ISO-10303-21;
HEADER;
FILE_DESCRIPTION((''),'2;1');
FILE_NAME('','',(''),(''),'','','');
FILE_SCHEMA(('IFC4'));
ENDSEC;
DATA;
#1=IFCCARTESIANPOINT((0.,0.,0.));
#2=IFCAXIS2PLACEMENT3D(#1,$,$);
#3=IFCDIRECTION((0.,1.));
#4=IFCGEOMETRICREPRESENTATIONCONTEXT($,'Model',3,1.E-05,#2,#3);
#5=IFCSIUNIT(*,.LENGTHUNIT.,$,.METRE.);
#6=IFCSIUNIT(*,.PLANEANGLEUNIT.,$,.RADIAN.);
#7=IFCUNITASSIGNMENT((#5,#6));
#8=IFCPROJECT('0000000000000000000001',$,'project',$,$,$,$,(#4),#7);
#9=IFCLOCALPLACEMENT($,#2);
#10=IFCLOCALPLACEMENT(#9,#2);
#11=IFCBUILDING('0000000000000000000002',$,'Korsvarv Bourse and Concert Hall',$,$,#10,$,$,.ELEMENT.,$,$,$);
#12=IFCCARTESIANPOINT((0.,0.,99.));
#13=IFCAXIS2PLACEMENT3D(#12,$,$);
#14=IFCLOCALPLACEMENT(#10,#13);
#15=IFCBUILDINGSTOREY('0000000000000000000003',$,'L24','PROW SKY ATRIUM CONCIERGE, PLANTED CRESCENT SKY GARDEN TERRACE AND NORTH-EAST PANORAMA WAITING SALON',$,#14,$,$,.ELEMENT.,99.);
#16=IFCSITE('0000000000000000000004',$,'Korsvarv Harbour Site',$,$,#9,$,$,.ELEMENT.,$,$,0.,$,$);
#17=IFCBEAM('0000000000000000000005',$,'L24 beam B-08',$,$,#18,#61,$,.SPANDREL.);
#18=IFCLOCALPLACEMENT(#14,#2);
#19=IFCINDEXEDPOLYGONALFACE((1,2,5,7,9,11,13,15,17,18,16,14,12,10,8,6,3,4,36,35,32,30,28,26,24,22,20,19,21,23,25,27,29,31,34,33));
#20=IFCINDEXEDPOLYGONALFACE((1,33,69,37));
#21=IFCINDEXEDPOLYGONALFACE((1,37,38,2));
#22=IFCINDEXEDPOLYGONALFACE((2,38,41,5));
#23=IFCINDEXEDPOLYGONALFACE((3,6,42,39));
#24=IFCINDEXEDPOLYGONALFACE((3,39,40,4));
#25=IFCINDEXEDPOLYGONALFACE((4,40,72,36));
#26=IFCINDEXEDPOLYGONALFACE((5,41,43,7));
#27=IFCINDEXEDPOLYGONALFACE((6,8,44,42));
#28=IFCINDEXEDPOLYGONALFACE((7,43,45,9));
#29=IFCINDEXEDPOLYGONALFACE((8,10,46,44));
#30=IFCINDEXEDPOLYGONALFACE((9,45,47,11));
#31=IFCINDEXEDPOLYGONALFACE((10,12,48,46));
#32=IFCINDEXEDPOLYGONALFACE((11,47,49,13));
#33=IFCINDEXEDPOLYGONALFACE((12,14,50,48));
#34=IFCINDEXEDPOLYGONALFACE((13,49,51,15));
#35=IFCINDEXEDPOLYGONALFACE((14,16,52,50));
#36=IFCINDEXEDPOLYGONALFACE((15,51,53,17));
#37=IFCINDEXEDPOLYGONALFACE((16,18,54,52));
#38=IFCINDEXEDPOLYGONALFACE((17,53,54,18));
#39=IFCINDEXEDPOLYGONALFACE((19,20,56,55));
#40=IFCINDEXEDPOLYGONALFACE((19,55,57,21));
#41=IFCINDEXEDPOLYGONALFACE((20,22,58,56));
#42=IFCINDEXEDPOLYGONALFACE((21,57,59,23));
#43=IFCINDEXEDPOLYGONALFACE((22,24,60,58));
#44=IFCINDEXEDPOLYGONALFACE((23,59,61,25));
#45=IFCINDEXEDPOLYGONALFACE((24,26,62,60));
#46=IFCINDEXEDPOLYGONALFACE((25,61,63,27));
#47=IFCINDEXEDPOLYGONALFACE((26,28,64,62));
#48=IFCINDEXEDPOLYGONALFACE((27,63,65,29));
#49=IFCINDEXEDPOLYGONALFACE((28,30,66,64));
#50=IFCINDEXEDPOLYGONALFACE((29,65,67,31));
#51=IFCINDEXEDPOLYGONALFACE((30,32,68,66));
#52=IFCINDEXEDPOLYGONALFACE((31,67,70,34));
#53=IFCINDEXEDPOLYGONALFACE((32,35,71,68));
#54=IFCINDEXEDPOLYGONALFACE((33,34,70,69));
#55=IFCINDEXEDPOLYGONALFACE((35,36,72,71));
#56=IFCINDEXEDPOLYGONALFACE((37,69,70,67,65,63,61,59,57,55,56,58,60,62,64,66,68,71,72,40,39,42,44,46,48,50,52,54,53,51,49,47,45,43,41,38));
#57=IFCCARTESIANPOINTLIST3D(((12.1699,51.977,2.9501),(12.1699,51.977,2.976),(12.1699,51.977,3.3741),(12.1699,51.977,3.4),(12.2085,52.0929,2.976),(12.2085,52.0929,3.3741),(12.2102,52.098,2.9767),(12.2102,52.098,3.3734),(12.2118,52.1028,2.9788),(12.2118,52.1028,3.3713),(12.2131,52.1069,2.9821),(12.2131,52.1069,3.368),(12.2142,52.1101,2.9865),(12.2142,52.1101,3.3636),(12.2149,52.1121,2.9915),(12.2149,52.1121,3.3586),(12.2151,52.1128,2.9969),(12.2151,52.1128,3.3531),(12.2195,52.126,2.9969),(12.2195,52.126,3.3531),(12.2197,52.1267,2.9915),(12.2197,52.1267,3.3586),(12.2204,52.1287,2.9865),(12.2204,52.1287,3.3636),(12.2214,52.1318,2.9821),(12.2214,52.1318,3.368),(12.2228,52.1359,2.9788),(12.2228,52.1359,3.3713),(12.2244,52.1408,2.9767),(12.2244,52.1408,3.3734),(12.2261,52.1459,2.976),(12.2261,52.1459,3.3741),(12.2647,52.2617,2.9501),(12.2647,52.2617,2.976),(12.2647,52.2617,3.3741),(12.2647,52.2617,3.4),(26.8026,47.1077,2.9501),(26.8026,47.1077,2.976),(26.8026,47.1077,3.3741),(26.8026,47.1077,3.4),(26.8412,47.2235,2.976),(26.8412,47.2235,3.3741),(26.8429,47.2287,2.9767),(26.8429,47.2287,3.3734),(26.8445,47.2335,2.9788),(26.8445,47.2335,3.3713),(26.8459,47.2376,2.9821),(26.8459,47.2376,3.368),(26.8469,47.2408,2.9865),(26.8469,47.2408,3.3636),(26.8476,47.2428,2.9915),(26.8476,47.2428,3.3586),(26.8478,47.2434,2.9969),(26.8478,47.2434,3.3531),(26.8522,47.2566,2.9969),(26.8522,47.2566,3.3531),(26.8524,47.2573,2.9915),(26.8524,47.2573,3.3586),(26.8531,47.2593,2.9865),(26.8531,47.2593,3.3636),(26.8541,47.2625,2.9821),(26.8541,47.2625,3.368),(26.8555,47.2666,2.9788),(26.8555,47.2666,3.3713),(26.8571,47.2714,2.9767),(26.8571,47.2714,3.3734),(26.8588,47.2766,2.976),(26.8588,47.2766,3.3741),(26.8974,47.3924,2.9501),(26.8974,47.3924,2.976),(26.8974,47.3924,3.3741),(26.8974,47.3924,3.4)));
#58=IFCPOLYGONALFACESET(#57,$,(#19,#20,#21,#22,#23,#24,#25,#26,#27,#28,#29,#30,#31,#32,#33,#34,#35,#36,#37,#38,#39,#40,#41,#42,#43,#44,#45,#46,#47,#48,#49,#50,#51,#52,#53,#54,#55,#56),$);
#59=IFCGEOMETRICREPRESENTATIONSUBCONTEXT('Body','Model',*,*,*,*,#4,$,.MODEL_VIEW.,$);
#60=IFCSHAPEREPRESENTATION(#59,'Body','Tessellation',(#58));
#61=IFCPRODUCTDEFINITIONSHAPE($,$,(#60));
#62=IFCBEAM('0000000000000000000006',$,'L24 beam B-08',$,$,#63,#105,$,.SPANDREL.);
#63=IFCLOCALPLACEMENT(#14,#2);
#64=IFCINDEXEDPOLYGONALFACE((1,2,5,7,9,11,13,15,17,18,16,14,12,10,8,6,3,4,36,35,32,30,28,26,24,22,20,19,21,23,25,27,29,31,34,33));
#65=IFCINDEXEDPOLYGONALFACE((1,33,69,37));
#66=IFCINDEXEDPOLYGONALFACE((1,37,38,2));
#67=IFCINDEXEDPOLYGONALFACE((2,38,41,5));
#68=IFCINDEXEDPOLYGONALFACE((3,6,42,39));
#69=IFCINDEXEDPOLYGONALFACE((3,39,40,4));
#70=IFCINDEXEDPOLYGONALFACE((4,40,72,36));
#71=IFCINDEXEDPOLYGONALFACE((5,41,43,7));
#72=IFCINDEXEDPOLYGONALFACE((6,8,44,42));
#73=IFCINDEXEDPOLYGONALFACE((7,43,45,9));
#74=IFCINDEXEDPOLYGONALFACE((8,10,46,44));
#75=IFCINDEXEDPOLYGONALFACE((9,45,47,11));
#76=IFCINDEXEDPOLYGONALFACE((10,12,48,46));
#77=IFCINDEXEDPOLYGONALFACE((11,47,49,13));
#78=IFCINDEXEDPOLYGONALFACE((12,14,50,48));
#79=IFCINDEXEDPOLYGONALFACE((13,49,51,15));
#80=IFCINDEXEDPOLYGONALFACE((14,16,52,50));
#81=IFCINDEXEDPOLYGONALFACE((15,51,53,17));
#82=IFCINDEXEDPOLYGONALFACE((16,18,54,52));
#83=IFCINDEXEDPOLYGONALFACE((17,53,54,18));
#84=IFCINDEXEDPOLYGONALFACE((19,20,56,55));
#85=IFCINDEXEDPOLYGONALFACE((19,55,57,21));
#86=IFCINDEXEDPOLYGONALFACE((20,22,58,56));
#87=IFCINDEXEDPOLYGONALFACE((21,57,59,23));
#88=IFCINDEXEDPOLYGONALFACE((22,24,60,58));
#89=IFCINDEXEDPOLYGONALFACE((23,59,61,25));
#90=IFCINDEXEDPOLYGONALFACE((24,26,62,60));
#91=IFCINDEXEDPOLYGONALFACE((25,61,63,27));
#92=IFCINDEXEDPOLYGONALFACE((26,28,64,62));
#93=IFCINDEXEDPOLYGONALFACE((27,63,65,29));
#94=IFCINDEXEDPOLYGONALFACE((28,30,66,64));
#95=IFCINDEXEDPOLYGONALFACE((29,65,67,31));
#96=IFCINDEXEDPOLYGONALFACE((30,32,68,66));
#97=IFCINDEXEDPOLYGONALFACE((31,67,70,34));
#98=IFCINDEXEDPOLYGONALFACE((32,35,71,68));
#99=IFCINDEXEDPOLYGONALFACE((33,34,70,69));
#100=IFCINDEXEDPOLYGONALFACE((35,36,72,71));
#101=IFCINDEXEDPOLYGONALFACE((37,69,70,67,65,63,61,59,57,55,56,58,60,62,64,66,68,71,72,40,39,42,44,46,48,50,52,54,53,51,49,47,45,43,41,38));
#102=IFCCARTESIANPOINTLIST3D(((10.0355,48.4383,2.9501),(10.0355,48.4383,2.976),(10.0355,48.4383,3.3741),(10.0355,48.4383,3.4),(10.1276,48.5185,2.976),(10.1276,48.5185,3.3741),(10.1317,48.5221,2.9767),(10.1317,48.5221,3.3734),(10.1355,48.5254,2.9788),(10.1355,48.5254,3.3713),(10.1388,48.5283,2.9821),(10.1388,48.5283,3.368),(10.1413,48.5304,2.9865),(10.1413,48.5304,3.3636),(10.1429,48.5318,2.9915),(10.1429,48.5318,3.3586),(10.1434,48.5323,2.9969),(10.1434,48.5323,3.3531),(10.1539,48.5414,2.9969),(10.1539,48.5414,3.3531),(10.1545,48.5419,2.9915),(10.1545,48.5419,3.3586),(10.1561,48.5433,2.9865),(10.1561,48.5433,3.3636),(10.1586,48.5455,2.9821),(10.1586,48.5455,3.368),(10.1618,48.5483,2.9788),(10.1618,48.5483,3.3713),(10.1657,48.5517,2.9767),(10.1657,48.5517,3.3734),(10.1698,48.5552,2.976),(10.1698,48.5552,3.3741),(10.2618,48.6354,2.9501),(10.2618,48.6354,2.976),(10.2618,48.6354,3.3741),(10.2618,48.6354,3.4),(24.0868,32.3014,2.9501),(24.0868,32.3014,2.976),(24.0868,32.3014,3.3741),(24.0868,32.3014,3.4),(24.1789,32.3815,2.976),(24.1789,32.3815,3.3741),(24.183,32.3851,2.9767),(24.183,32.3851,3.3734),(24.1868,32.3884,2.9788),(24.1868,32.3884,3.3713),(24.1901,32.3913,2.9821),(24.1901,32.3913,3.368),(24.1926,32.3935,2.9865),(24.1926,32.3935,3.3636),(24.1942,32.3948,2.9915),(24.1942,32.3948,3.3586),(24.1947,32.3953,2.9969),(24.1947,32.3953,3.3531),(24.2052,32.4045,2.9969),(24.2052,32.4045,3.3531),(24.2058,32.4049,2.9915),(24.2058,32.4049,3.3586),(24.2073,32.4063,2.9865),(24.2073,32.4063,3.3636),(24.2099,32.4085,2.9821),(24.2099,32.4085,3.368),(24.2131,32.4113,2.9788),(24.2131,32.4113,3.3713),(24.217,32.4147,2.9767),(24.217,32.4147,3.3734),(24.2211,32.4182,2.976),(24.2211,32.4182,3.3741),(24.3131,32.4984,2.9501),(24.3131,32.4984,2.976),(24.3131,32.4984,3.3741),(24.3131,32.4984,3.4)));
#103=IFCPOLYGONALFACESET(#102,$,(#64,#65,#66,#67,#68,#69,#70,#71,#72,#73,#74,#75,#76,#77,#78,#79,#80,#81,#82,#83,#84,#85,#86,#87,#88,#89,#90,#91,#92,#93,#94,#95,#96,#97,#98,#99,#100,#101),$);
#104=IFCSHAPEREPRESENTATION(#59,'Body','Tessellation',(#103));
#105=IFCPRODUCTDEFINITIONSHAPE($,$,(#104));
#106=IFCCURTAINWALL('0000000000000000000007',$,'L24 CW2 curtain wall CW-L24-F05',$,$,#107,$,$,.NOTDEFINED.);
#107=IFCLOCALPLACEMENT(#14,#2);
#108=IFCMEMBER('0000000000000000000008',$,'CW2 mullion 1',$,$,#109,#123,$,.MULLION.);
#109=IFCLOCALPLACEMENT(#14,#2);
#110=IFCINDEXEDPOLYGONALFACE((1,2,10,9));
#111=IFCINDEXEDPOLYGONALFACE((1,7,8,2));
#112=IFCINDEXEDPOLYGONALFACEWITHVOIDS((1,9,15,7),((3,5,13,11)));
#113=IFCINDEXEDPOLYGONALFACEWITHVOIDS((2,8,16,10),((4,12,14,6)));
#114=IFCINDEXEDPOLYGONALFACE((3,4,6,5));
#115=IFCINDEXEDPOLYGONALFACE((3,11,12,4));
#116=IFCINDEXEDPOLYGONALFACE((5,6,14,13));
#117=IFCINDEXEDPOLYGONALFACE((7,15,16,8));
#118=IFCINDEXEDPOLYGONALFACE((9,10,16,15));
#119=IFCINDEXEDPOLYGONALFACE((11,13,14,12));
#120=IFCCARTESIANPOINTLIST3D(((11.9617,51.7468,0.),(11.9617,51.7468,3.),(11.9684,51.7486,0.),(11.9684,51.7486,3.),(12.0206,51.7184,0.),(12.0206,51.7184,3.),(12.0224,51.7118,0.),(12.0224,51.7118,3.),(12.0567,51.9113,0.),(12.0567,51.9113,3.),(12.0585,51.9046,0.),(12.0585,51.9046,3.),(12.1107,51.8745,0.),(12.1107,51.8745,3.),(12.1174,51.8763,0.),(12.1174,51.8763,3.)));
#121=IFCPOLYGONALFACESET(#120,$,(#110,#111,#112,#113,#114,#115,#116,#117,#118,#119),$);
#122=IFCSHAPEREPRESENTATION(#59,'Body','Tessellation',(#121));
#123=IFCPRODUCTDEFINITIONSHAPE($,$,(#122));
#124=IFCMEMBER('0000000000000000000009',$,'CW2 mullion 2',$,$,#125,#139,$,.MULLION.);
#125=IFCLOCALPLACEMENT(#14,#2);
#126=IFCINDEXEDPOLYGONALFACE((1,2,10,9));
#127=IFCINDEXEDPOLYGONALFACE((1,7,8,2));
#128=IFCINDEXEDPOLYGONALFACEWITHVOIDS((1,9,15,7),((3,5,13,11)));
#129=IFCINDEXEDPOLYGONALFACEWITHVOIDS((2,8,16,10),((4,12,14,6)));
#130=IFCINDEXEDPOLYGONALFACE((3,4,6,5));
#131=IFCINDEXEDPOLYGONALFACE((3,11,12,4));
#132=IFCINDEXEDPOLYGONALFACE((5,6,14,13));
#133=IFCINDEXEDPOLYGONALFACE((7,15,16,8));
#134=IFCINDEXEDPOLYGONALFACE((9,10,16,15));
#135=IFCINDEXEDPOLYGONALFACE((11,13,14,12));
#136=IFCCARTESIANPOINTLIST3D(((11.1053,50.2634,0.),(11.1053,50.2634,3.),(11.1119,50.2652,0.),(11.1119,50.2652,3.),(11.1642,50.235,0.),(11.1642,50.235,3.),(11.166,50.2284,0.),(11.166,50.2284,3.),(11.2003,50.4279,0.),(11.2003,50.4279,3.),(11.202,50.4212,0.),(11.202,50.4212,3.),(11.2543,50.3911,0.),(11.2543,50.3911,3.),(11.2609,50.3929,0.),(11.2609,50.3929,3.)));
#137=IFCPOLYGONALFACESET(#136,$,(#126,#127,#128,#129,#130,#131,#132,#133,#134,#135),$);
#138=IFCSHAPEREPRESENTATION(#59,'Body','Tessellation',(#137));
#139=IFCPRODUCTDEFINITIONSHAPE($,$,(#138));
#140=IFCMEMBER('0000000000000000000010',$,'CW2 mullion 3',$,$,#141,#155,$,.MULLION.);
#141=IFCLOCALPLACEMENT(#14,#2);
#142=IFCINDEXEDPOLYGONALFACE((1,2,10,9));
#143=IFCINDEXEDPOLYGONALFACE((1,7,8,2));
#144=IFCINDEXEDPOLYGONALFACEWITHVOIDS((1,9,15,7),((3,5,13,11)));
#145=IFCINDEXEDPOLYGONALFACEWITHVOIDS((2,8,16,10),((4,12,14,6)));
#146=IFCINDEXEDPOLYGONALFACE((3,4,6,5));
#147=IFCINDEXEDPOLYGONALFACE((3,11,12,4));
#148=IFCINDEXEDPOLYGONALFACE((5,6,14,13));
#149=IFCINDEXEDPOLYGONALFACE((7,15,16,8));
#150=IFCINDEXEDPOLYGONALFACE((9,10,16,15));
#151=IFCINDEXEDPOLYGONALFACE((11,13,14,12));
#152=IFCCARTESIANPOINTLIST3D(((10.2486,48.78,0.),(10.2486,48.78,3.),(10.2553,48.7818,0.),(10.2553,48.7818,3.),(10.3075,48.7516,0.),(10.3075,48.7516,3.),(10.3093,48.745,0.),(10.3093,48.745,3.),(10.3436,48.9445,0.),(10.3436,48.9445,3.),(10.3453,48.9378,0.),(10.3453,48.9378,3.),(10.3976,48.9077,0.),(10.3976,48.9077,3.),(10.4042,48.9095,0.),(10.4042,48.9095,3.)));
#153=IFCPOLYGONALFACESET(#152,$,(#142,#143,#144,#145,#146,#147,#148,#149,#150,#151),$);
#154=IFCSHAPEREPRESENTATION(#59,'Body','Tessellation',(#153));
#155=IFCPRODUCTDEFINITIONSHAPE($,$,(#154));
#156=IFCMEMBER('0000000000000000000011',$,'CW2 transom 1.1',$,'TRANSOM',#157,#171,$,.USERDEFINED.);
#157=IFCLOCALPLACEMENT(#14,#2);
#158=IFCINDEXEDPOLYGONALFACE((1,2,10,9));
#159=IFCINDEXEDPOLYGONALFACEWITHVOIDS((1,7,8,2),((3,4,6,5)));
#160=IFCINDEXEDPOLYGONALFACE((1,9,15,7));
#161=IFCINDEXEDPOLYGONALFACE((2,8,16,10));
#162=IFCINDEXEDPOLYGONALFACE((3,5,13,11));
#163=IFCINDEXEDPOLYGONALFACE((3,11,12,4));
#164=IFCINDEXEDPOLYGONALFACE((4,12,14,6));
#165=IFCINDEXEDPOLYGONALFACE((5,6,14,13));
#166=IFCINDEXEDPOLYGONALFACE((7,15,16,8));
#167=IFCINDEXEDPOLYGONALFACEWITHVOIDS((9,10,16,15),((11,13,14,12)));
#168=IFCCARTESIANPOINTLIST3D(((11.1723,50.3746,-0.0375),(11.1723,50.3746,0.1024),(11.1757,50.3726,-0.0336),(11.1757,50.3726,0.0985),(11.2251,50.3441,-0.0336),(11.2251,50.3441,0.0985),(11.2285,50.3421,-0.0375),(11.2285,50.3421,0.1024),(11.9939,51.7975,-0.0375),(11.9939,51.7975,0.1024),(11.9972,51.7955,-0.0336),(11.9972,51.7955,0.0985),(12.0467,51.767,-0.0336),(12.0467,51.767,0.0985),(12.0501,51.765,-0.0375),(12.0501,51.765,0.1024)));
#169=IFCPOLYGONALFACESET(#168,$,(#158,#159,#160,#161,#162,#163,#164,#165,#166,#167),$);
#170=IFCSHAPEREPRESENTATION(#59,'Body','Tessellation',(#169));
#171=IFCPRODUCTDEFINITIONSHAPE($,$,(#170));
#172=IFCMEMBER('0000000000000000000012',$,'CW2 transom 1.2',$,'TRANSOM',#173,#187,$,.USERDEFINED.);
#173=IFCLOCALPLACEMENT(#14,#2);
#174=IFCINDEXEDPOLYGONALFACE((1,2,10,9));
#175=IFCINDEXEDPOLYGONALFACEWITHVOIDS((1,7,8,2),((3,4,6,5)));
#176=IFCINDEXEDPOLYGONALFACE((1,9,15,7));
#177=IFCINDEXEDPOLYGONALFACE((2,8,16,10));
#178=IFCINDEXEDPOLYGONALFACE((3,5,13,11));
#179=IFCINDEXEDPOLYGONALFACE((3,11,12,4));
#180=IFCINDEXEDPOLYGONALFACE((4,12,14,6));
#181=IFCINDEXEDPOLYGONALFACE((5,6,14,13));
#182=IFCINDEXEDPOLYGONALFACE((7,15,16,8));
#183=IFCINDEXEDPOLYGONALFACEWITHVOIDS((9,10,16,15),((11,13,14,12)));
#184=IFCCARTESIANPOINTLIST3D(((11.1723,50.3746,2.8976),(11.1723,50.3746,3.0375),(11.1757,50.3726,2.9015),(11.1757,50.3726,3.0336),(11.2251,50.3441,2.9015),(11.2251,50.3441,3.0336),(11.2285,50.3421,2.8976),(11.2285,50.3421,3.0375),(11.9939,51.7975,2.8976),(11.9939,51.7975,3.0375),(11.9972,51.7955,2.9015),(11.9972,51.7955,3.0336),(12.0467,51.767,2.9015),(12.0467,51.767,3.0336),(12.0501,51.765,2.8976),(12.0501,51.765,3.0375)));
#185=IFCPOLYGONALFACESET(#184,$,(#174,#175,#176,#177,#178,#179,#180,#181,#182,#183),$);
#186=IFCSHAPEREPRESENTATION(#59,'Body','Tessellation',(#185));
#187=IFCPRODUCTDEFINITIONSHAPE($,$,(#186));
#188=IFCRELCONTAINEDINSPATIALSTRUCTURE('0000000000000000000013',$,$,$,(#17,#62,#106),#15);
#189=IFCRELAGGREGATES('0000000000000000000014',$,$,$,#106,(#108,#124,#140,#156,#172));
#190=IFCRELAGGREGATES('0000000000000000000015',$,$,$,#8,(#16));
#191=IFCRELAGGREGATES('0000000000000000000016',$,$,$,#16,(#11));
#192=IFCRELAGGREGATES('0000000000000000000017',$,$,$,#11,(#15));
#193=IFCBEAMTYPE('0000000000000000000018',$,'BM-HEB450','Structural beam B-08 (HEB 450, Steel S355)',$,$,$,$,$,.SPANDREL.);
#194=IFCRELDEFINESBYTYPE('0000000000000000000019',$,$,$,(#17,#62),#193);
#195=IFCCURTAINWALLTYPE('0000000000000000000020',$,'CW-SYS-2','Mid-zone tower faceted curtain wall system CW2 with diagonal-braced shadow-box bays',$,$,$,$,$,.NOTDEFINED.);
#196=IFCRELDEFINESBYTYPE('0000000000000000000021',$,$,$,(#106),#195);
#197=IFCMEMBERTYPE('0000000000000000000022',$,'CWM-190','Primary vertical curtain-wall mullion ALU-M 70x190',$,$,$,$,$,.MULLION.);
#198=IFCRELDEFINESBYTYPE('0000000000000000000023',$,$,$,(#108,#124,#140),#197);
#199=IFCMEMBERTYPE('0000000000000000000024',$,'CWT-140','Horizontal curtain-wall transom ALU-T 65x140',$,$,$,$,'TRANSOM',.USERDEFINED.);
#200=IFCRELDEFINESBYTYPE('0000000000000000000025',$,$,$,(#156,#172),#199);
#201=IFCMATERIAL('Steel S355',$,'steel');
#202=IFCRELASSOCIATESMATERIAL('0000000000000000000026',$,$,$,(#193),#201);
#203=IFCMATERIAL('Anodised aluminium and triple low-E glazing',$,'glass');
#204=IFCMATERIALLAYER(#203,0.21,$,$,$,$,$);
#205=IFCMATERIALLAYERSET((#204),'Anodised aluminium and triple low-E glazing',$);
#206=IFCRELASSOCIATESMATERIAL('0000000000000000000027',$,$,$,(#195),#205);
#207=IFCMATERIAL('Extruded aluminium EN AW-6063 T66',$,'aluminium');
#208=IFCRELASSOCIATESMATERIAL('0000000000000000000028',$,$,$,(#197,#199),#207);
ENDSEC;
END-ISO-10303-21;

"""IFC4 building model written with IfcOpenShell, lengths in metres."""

from ifc_helpers import new_model, si_unit, direction, frame, origin, origin_2d, place, context, subcontext, project, spatial, hollow_rectangle, i_section, extrude, source, transform, mapped, material, layer, layer_set, material_profile, profile_set, type_object, element, aggregate, save


model = new_model("IFC4")

# Units and contexts
model_context = context("Model", 3, precision=1e-05, world=origin(), true_north=direction((0.0, 1.0)))
body_context = subcontext(model_context, "Body", "Model", "MODEL_VIEW")
ifc_project = project(units=[si_unit("LENGTHUNIT", "METRE"), si_unit("PLANEANGLEUNIT", "RADIAN")], contexts=[model_context])

# Site, building, storey
site_placement = place(None, origin())
site = spatial("IfcSite", under=ifc_project, at=site_placement, Name="Korsvarv Harbour Site", CompositionType="ELEMENT", RefElevation=0.0)
building_placement = place(site_placement, origin())
building = spatial("IfcBuilding", under=site, at=building_placement, Name="Korsvarv Bourse and Concert Hall", CompositionType="ELEMENT")
storey_placement = place(building_placement, frame((0.0, 0.0, 99.0)))
storey = spatial("IfcBuildingStorey", under=building, at=storey_placement, Name="L24", Description="PROW SKY ATRIUM CONCIERGE, PLANTED CRESCENT SKY GARDEN TERRACE AND NORTH-EAST PANORAMA WAITING SALON", CompositionType="ELEMENT", Elevation=99.0)

# Beams
ifc_material_1 = material(Name="Steel S355", Category="steel")
ifc_material_profile_1 = material_profile(ifc_material_1, i_section(OverallWidth=0.3, OverallDepth=0.45, WebThickness=0.0139, FlangeThickness=0.0259, FilletRadius=0.021, at=origin_2d()), Name="HEB 450")
ifc_profile_set_1 = profile_set([ifc_material_profile_1], Name="Steel S355")
beam_type_1 = type_object("IfcBeamType", Name="BM-HEB450", Description="Structural beam B-08 (HEB 450, Steel S355)", PredefinedType="SPANDREL", material=ifc_profile_set_1)
shared_shape_1 = source(origin(), body_context, "Body", "SweptSolid", [
    extrude(i_section(OverallWidth=0.3, OverallDepth=0.45, WebThickness=0.0139, FlangeThickness=0.0259, FilletRadius=0.021, at=origin_2d()), origin(), (0.0, 0.0, 1.0), 15.4216),
])
beam_1_placement = place(storey_placement, frame((12.2173, 52.1194, 3.175), z_axis=(0.948843, -0.315748, 0.0), x_axis=(0.315748, 0.948843, 0.0)))
element("IfcBeam", 1, at=beam_1_placement, inside=storey, type_object=beam_type_1, Name="L24 beam B-08", PredefinedType="SPANDREL", context=body_context, shape_type="MappedRepresentation", body=[
    mapped(shared_shape_1, transform((0.0, 0.0, 0.0), scale=1.0)),
])
shared_shape_2 = source(origin(), body_context, "Body", "SweptSolid", [
    extrude(i_section(OverallWidth=0.3, OverallDepth=0.45, WebThickness=0.0139, FlangeThickness=0.0259, FilletRadius=0.021, at=origin_2d()), origin(), (0.0, 0.0, 1.0), 21.3972),
])
beam_2_placement = place(storey_placement, frame((10.1487, 48.5369, 3.175), z_axis=(0.656688, -0.754163, 0.0), x_axis=(0.754163, 0.656688, 0.0)))
element("IfcBeam", 2, at=beam_2_placement, inside=storey, type_object=beam_type_1, Name="L24 beam B-08", PredefinedType="SPANDREL", context=body_context, shape_type="MappedRepresentation", body=[
    mapped(shared_shape_2, transform((0.0, 0.0, 0.0), scale=1.0)),
])

# Curtain wall, members
ifc_material_2 = material(Name="Anodised aluminium and triple low-E glazing", Category="glass")
ifc_layer_1 = layer(ifc_material_2, 0.21)
ifc_layer_set_1 = layer_set([ifc_layer_1], Name="Anodised aluminium and triple low-E glazing")
curtain_wall_type = type_object("IfcCurtainWallType", Name="CW-SYS-2", Description="Mid-zone tower faceted curtain wall system CW2 with diagonal-braced shadow-box bays", PredefinedType="NOTDEFINED", material=ifc_layer_set_1)
curtain_wall_placement = place(storey_placement, origin())
curtain_wall = element("IfcCurtainWall", 3, at=curtain_wall_placement, inside=storey, type_object=curtain_wall_type, Name="L24 CW2 curtain wall CW-L24-F05", PredefinedType="NOTDEFINED")
ifc_material_3 = material(Name="Extruded aluminium EN AW-6063 T66", Category="aluminium")
ifc_material_profile_2 = material_profile(ifc_material_3, hollow_rectangle(XDim=0.0701, YDim=0.1899, WallThickness=0.0049, at=origin_2d()), Name="ALU-M 70x190")
ifc_profile_set_2 = profile_set([ifc_material_profile_2], Name="Extruded aluminium EN AW-6063 T66")
member_type_1 = type_object("IfcMemberType", Name="CWM-190", Description="Primary vertical curtain-wall mullion ALU-M 70x190", PredefinedType="MULLION", material=ifc_profile_set_2)
shared_shape_3 = source(origin(), body_context, "Body", "SweptSolid", [
    extrude(hollow_rectangle(XDim=0.0701, YDim=0.1899, WallThickness=0.0049, at=origin_2d()), origin(), (0.0, 0.0, 1.0), 3.0),
])
member_1_placement = place(storey_placement, frame((12.0396, 51.8115, 0.0), z_axis=(0.0, 0.0, 1.0), x_axis=(0.866024, -0.500003, 0.0)))
member_1 = element("IfcMember", 4, at=member_1_placement, type_object=member_type_1, Name="CW2 mullion 1", PredefinedType="MULLION", context=body_context, shape_type="MappedRepresentation", body=[
    mapped(shared_shape_3, transform((0.0, 0.0, 0.0), scale=1.0)),
])
member_2_placement = place(storey_placement, frame((11.1831, 50.3281, 0.0), z_axis=(0.0, 0.0, 1.0), x_axis=(0.866024, -0.500003, 0.0)))
member_2 = element("IfcMember", 5, at=member_2_placement, type_object=member_type_1, Name="CW2 mullion 2", PredefinedType="MULLION", context=body_context, shape_type="MappedRepresentation", body=[
    mapped(shared_shape_3, transform((0.0, 0.0, 0.0), scale=1.0)),
])
member_3_placement = place(storey_placement, frame((10.3264, 48.8447, 0.0), z_axis=(0.0, 0.0, 1.0), x_axis=(0.866024, -0.500003, 0.0)))
member_3 = element("IfcMember", 6, at=member_3_placement, type_object=member_type_1, Name="CW2 mullion 3", PredefinedType="MULLION", context=body_context, shape_type="MappedRepresentation", body=[
    mapped(shared_shape_3, transform((0.0, 0.0, 0.0), scale=1.0)),
])
ifc_material_profile_3 = material_profile(ifc_material_3, hollow_rectangle(XDim=0.0649, YDim=0.1399, WallThickness=0.0039, at=origin_2d()), Name="ALU-T 65x140")
ifc_profile_set_3 = profile_set([ifc_material_profile_3], Name="Extruded aluminium EN AW-6063 T66")
member_type_2 = type_object("IfcMemberType", Name="CWT-140", Description="Horizontal curtain-wall transom ALU-T 65x140", ElementType="TRANSOM", PredefinedType="USERDEFINED", material=ifc_profile_set_3)
shared_shape_4 = source(origin(), body_context, "Body", "SweptSolid", [
    extrude(hollow_rectangle(XDim=0.0649, YDim=0.1399, WallThickness=0.0039, at=origin_2d()), origin(), (0.0, 0.0, 1.0), 1.6431),
])
member_4_placement = place(storey_placement, frame((12.022, 51.7812, 0.0325), z_axis=(-0.500023, -0.866012, 0.0), x_axis=(0.866012, -0.500023, 0.0)))
member_4 = element("IfcMember", 7, at=member_4_placement, type_object=member_type_2, Name="CW2 transom 1.1", ObjectType="TRANSOM", PredefinedType="USERDEFINED", context=body_context, shape_type="MappedRepresentation", body=[
    mapped(shared_shape_4, transform((0.0, 0.0, 0.0), scale=1.0)),
])
member_5_placement = place(storey_placement, frame((12.022, 51.7812, 2.9675), z_axis=(-0.500023, -0.866012, 0.0), x_axis=(0.866012, -0.500023, 0.0)))
member_5 = element("IfcMember", 8, at=member_5_placement, type_object=member_type_2, Name="CW2 transom 1.2", ObjectType="TRANSOM", PredefinedType="USERDEFINED", context=body_context, shape_type="MappedRepresentation", body=[
    mapped(shared_shape_4, transform((0.0, 0.0, 0.0), scale=1.0)),
])
aggregate(curtain_wall, [member_1, member_2, member_3, member_4, member_5])

save(model, "model.ifc")
